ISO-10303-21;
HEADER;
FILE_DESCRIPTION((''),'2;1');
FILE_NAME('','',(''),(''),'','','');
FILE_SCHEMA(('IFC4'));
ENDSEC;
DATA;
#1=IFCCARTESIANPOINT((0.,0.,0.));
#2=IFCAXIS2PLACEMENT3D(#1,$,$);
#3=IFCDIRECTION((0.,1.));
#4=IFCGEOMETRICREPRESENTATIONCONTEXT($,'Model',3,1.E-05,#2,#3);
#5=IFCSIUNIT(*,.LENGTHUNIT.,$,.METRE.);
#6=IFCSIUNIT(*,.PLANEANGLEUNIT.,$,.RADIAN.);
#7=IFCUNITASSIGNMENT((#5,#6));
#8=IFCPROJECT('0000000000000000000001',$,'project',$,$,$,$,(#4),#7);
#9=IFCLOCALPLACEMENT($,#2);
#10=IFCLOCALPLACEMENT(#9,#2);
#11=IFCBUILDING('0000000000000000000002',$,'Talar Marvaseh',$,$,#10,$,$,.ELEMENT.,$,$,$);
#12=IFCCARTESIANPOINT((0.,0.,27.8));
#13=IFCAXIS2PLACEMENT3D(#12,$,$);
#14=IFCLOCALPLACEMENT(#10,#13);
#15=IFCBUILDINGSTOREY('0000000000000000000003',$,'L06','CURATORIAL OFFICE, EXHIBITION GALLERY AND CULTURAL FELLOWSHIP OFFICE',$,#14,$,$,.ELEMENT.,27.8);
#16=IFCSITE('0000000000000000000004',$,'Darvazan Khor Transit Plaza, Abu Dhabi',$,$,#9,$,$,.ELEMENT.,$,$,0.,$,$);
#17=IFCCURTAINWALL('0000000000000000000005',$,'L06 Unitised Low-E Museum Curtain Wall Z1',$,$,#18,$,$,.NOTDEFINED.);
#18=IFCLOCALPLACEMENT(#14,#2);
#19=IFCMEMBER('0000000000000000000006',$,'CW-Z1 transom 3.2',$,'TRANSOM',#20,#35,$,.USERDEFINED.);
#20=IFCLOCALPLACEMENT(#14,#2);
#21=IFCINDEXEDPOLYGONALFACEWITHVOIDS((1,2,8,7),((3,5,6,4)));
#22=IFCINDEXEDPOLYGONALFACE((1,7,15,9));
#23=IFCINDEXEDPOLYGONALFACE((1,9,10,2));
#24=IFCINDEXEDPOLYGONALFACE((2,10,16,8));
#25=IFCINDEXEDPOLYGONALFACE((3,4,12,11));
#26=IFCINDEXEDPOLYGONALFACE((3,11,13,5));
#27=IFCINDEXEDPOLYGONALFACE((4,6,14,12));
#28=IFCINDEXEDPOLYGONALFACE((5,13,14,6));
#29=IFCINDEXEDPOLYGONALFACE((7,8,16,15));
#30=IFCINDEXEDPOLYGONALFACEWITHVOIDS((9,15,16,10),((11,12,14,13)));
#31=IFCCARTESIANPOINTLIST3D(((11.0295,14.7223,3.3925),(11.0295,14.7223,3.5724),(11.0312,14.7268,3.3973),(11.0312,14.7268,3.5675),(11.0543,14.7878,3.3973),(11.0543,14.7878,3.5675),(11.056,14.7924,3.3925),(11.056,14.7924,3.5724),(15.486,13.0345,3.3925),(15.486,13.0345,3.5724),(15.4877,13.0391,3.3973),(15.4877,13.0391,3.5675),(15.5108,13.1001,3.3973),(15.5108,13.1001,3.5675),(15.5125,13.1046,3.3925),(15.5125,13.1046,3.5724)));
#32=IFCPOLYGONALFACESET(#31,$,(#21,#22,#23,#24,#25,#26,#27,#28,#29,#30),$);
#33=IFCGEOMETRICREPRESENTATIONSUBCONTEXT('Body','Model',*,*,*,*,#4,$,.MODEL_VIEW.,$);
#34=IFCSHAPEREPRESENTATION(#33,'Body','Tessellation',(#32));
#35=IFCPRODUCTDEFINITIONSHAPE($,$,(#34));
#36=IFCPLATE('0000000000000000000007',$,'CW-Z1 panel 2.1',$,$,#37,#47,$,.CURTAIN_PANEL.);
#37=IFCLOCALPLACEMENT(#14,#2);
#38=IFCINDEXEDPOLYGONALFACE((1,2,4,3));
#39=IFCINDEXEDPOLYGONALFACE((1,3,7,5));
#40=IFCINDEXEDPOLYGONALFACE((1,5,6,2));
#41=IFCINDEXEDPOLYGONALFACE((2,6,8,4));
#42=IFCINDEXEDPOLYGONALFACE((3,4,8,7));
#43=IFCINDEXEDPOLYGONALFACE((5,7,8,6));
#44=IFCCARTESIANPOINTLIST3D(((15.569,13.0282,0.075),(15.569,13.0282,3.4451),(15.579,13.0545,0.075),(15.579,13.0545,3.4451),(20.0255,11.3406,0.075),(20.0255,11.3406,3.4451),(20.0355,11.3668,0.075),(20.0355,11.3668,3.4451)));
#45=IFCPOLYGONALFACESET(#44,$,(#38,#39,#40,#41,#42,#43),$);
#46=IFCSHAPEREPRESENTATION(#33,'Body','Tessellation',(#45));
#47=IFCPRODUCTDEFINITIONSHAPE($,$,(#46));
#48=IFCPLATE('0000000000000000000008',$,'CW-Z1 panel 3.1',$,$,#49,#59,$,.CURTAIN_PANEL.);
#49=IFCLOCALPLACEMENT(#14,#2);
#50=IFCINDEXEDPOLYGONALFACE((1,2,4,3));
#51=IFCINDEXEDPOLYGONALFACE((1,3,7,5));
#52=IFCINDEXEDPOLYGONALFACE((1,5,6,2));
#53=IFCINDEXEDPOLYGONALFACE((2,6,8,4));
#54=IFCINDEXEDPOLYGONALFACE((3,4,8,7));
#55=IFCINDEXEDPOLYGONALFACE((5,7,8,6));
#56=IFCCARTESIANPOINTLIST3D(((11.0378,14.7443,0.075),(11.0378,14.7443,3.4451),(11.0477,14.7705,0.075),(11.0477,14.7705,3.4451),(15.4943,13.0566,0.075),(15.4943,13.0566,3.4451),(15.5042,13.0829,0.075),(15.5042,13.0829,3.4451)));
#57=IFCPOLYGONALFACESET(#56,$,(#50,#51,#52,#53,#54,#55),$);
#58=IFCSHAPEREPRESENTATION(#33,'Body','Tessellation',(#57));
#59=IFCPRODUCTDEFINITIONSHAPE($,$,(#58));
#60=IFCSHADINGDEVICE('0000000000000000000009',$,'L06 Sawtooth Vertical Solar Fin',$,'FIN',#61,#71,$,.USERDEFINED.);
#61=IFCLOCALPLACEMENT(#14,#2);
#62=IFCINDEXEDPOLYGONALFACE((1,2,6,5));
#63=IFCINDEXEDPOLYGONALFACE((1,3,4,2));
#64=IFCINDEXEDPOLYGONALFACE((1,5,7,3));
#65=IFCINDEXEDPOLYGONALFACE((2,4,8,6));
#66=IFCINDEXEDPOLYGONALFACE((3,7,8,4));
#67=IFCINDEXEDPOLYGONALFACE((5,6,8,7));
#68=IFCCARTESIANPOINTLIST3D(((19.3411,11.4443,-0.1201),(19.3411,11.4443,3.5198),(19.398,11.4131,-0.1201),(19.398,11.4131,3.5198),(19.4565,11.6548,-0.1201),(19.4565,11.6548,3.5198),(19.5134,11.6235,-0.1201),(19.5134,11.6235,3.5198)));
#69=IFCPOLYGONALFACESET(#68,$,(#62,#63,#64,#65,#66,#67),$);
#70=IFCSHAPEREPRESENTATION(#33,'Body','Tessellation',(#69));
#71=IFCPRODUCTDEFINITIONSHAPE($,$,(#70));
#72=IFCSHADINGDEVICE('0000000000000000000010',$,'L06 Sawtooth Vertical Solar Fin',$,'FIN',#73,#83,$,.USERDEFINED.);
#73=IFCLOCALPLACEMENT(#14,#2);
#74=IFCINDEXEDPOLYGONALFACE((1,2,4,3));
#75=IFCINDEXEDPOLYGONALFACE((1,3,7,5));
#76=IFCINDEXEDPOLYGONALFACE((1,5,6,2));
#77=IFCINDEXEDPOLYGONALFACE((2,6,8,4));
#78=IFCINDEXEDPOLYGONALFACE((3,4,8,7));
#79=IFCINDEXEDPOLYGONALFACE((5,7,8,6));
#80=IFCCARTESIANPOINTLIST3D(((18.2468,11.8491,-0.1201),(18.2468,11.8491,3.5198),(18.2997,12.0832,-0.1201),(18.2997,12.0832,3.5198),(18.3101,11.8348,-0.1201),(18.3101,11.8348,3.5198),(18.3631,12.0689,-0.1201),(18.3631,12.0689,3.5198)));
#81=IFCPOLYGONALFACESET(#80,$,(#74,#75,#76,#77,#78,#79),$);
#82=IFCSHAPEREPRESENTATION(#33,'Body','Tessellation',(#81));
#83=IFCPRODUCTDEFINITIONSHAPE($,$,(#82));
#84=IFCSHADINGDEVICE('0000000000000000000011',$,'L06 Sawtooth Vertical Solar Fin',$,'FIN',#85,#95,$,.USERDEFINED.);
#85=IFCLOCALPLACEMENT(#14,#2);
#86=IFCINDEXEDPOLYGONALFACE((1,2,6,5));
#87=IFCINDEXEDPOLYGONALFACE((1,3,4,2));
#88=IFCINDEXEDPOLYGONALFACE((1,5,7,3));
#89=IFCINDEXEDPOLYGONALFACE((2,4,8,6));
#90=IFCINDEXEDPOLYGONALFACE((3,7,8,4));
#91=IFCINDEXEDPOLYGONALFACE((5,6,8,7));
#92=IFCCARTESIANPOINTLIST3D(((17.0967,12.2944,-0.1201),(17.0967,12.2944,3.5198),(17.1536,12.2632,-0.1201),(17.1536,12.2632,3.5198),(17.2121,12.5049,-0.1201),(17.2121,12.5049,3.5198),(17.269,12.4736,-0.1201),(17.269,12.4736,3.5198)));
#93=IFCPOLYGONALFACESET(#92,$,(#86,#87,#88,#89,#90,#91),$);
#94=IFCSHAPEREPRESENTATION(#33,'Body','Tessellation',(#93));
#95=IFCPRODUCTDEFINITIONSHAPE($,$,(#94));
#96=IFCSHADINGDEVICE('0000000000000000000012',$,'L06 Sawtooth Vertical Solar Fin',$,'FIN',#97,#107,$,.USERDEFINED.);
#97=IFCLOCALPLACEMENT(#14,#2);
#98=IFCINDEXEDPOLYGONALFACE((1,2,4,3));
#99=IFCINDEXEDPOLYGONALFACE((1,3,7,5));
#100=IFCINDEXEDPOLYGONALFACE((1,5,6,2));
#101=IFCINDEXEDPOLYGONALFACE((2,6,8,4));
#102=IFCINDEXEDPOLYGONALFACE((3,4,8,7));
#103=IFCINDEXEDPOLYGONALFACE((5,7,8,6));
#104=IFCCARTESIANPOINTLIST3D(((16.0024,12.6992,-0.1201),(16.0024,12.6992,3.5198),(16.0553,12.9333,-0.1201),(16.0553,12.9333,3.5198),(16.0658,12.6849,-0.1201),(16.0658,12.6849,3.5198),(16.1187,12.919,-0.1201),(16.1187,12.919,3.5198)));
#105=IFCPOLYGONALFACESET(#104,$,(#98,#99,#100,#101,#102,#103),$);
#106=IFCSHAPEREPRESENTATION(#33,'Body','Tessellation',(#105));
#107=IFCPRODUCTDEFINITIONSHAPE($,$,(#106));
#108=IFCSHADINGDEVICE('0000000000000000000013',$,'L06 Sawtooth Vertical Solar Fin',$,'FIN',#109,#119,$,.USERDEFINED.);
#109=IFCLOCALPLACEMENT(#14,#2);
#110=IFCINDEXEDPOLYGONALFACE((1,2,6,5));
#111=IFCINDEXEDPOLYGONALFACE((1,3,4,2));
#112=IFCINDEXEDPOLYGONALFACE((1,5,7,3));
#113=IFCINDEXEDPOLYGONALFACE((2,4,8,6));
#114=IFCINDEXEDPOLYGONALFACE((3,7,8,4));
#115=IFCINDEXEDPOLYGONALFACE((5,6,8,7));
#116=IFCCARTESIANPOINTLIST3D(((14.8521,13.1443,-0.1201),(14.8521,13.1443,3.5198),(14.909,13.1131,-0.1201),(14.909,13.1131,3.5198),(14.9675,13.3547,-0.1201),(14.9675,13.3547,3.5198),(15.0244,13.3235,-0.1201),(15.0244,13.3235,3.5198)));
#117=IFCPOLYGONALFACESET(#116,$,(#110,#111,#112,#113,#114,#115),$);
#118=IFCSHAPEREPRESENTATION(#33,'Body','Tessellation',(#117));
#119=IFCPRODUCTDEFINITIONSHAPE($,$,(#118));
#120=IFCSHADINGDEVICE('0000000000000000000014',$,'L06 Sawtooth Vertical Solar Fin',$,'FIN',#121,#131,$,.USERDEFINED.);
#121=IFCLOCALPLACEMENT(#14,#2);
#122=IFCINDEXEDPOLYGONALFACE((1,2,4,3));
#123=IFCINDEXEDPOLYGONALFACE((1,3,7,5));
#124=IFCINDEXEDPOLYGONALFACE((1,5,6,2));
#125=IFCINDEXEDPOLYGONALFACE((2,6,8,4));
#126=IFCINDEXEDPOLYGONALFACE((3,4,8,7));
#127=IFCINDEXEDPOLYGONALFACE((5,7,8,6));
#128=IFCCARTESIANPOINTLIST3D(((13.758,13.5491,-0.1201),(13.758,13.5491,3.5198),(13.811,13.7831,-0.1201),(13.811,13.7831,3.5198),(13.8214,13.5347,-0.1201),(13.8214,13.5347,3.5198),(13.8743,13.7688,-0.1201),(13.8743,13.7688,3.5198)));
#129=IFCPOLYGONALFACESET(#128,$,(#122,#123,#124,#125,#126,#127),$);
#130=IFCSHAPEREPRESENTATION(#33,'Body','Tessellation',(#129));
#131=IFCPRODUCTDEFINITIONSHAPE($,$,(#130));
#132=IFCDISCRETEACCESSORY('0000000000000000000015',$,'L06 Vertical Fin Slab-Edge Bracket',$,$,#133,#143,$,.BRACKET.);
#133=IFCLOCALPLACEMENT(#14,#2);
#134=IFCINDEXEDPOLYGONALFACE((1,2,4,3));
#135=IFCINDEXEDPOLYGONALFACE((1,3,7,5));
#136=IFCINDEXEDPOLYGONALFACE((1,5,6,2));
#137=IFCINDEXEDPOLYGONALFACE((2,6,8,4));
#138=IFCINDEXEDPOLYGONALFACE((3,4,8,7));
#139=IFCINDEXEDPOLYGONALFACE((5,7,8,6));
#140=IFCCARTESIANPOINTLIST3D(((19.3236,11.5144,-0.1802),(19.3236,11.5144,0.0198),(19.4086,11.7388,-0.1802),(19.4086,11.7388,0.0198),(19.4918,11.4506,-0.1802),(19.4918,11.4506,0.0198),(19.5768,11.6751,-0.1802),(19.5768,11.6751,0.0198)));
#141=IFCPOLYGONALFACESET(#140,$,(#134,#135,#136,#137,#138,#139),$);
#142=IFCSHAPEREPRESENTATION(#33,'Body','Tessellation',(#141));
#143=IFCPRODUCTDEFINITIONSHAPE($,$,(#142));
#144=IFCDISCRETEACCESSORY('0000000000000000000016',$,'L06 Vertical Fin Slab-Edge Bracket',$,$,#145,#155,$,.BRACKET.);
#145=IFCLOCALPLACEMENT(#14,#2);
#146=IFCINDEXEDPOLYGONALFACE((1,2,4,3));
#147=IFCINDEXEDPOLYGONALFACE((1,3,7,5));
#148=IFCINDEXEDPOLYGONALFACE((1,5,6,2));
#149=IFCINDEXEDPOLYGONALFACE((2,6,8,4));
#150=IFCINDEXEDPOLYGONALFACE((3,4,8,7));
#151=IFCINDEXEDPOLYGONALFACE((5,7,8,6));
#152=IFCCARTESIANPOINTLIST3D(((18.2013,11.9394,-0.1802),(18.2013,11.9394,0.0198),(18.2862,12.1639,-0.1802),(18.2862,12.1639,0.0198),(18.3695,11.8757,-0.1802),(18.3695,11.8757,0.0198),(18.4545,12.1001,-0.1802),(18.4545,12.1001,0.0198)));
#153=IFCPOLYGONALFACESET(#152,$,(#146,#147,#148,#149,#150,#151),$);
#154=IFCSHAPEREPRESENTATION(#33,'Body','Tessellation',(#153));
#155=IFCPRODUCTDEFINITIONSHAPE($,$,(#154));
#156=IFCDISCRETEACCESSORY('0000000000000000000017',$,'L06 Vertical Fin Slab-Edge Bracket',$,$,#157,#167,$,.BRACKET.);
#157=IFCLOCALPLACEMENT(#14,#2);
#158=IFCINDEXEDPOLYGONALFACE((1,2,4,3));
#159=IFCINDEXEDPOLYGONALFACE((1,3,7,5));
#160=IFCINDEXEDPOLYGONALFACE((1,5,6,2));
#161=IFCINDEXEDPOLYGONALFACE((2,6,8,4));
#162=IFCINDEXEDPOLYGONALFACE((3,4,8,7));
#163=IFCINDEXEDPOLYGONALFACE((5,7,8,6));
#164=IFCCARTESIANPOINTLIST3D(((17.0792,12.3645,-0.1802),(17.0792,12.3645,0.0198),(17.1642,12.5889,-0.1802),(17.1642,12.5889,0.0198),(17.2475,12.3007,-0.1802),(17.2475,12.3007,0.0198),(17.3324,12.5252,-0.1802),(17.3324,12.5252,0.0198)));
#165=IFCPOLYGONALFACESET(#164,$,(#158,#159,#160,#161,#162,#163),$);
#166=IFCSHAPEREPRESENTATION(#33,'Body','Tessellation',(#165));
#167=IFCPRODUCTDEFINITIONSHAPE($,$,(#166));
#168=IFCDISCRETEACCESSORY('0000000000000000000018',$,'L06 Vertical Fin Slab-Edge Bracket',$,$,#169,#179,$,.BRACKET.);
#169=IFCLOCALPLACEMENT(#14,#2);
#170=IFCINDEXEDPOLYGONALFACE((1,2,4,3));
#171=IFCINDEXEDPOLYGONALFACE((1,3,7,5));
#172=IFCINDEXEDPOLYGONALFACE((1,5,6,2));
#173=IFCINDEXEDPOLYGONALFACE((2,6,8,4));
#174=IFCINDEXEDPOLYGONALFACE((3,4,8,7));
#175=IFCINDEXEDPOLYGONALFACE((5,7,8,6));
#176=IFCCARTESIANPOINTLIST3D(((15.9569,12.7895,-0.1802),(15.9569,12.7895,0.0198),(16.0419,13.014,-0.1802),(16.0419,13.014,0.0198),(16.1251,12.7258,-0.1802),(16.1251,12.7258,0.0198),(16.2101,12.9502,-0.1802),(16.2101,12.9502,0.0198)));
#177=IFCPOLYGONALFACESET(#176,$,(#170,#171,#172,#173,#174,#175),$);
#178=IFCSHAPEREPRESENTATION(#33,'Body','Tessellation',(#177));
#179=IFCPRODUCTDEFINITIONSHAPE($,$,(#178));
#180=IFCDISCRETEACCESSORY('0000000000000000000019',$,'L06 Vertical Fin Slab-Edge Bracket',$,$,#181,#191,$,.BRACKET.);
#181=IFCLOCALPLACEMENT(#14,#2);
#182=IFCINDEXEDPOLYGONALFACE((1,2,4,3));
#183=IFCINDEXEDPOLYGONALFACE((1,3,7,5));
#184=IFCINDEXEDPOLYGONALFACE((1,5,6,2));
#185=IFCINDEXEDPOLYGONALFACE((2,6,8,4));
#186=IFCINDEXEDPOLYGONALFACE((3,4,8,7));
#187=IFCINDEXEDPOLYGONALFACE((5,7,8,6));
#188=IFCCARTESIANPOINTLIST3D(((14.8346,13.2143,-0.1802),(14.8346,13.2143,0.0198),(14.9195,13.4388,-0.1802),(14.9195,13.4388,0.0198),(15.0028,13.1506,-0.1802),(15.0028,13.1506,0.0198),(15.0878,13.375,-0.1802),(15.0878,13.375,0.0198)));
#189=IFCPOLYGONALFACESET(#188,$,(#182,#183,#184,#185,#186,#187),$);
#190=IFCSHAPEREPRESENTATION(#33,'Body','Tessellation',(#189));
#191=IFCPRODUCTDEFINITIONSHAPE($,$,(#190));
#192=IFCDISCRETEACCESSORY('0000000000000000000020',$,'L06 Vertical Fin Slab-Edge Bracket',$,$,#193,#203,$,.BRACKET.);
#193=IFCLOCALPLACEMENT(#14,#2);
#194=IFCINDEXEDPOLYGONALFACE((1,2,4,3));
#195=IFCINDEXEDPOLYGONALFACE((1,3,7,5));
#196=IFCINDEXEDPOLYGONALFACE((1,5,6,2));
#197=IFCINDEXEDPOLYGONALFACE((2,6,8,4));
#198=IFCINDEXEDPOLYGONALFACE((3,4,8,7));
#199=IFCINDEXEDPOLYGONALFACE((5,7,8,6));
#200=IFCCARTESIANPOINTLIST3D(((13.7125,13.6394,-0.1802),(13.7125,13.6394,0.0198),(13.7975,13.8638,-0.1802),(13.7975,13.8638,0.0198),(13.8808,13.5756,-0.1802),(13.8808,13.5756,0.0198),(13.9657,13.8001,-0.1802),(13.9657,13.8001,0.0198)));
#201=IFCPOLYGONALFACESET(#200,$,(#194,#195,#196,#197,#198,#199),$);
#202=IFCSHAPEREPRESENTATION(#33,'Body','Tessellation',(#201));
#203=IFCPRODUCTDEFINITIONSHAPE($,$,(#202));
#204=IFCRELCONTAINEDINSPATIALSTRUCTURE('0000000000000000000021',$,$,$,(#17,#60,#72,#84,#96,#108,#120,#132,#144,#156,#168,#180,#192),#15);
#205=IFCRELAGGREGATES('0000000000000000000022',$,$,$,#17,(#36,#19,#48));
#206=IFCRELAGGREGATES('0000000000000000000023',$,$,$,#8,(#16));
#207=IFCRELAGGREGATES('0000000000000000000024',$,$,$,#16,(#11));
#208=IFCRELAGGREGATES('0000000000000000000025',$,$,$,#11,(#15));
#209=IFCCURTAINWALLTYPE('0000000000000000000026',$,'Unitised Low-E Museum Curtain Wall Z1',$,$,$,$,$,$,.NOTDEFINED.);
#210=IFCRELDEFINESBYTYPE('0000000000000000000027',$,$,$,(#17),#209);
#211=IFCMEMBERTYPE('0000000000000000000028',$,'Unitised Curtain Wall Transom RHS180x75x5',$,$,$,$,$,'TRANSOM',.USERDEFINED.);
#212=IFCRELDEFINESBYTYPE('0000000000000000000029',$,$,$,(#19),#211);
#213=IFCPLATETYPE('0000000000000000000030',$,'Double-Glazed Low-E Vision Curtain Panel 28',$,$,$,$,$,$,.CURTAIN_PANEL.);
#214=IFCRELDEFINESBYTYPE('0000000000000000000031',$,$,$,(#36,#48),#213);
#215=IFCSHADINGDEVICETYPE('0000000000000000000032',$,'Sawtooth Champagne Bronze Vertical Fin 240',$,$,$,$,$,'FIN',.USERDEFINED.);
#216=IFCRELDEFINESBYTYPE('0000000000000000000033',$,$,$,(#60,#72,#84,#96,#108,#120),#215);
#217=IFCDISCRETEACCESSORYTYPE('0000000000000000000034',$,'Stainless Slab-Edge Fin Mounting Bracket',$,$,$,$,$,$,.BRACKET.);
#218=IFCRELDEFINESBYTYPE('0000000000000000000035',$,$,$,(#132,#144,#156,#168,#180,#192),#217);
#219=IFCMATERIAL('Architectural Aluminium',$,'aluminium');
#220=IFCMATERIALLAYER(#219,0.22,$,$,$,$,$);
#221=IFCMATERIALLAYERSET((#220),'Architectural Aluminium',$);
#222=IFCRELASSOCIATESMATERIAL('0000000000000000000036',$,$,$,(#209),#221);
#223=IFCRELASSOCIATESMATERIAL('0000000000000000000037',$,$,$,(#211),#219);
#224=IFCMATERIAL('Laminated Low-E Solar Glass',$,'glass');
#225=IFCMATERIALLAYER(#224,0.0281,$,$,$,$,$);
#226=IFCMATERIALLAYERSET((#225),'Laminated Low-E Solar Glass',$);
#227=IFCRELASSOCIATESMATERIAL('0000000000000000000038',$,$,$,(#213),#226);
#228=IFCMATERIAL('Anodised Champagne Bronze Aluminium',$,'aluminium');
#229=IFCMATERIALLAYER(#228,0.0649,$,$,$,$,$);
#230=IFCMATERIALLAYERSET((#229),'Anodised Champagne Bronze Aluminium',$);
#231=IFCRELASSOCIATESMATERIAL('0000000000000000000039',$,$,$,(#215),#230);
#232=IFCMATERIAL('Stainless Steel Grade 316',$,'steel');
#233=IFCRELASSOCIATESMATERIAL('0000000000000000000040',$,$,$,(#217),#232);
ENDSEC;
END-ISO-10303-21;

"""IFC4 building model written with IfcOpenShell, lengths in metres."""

from ifc_helpers import new_model, si_unit, direction, frame, origin, origin_2d, place, context, subcontext, project, spatial, rectangle, hollow_rectangle, extrude, source, transform, mapped, material, layer, layer_set, material_profile, profile_set, type_object, type_shapes, element, aggregate, save


model = new_model("IFC4")

# Units and contexts
model_context = context("Model", 3, precision=1e-05, world=origin(), true_north=direction((0.0, 1.0)))
body_context = subcontext(model_context, "Body", "Model", "MODEL_VIEW")
ifc_project = project(units=[si_unit("LENGTHUNIT", "METRE"), si_unit("PLANEANGLEUNIT", "RADIAN")], contexts=[model_context])

# Site, building, storey
site_placement = place(None, origin())
site = spatial("IfcSite", under=ifc_project, at=site_placement, Name="Darvazan Khor Transit Plaza, Abu Dhabi", CompositionType="ELEMENT", RefElevation=0.0)
building_placement = place(site_placement, origin())
building = spatial("IfcBuilding", under=site, at=building_placement, Name="Talar Marvaseh", CompositionType="ELEMENT")
storey_placement = place(building_placement, frame((0.0, 0.0, 27.8)))
storey = spatial("IfcBuildingStorey", under=building, at=storey_placement, Name="L06", Description="CURATORIAL OFFICE, EXHIBITION GALLERY AND CULTURAL FELLOWSHIP OFFICE", CompositionType="ELEMENT", Elevation=27.8)

# Curtain wall, member, plates
ifc_material_1 = material(Name="Architectural Aluminium", Category="aluminium")
ifc_layer_1 = layer(ifc_material_1, 0.22)
ifc_layer_set_1 = layer_set([ifc_layer_1], Name="Architectural Aluminium")
curtain_wall_type = type_object("IfcCurtainWallType", Name="Unitised Low-E Museum Curtain Wall Z1", PredefinedType="NOTDEFINED", material=ifc_layer_set_1)
curtain_wall_placement = place(storey_placement, origin())
curtain_wall = element("IfcCurtainWall", 1, at=curtain_wall_placement, inside=storey, type_object=curtain_wall_type, Name="L06 Unitised Low-E Museum Curtain Wall Z1", PredefinedType="NOTDEFINED")
ifc_material_profile_1 = material_profile(ifc_material_1, hollow_rectangle(XDim=0.075, YDim=0.1799, WallThickness=0.0049, at=origin_2d()), Name="RHS180x75x5")
ifc_profile_set_1 = profile_set([ifc_material_profile_1], Name="Architectural Aluminium")
member_type_1 = type_object("IfcMemberType", Name="Unitised Curtain Wall Transom RHS180x75x5", ElementType="TRANSOM", PredefinedType="USERDEFINED", material=ifc_profile_set_1)
shared_shape_1 = source(origin(), body_context, "Body", "SweptSolid", [
    extrude(hollow_rectangle(XDim=0.075, YDim=0.1799, WallThickness=0.0049, at=origin_2d()), origin(), (0.0, 0.0, 1.0), 4.7654),
])
type_shapes(member_type_1, [shared_shape_1])
member_1_placement = place(storey_placement, frame((15.4993, 13.0696, 3.4824), z_axis=(-0.935183, 0.354165, 0.0), x_axis=(-0.354165, -0.935183, 0.0)))
member_1 = element("IfcMember", 2, at=member_1_placement, type_object=member_type_1, Name="CW-Z1 transom 3.2", ObjectType="TRANSOM", PredefinedType="USERDEFINED", context=body_context, shape_type="MappedRepresentation", body=[
    mapped(shared_shape_1, transform((0.0, 0.0, 0.0), x_axis=(1.0, 0.0, 0.0), y_axis=(0.0, 1.0, 0.0), z_axis=(0.0, 0.0, 1.0), scale=1.0)),
])
ifc_material_2 = material(Name="Laminated Low-E Solar Glass", Category="glass")
ifc_layer_2 = layer(ifc_material_2, 0.0281)
ifc_layer_set_2 = layer_set([ifc_layer_2], Name="Laminated Low-E Solar Glass")
plate_type = type_object("IfcPlateType", Name="Double-Glazed Low-E Vision Curtain Panel 28", PredefinedType="CURTAIN_PANEL", material=ifc_layer_set_2)
shared_shape_2 = source(origin(), body_context, "Body", "SweptSolid", [
    extrude(rectangle(XDim=4.7654, YDim=0.0281, at=origin_2d()), origin(), (0.0, 0.0, 1.0), 3.3701),
])
type_shapes(plate_type, [shared_shape_2])
plate_1_placement = place(storey_placement, frame((17.8022, 12.1975, 0.075), z_axis=(0.0, 0.0, 1.0), x_axis=(-0.93519, 0.354147, 0.0)))
plate_1 = element("IfcPlate", 3, at=plate_1_placement, type_object=plate_type, Name="CW-Z1 panel 2.1", PredefinedType="CURTAIN_PANEL", context=body_context, shape_type="MappedRepresentation", body=[
    mapped(shared_shape_2, transform((0.0, 0.0, 0.0), x_axis=(1.0, 0.0, 0.0), y_axis=(0.0, 1.0, 0.0), z_axis=(0.0, 0.0, 1.0), scale=1.0)),
])
plate_2_placement = place(storey_placement, frame((13.271, 13.9136, 0.075), z_axis=(0.0, 0.0, 1.0), x_axis=(-0.93519, 0.354147, 0.0)))
plate_2 = element("IfcPlate", 4, at=plate_2_placement, type_object=plate_type, Name="CW-Z1 panel 3.1", PredefinedType="CURTAIN_PANEL", context=body_context, shape_type="MappedRepresentation", body=[
    mapped(shared_shape_2, transform((0.0, 0.0, 0.0), x_axis=(1.0, 0.0, 0.0), y_axis=(0.0, 1.0, 0.0), z_axis=(0.0, 0.0, 1.0), scale=1.0)),
])
aggregate(curtain_wall, [plate_1, member_1, plate_2])

# Shading devices
ifc_material_3 = material(Name="Anodised Champagne Bronze Aluminium", Category="aluminium")
ifc_layer_3 = layer(ifc_material_3, 0.0649)
ifc_layer_set_3 = layer_set([ifc_layer_3], Name="Anodised Champagne Bronze Aluminium")
shading_device_type = type_object("IfcShadingDeviceType", Name="Sawtooth Champagne Bronze Vertical Fin 240", ElementType="FIN", PredefinedType="USERDEFINED", material=ifc_layer_set_3)
shared_shape_3 = source(origin(), body_context, "Body", "SweptSolid", [
    extrude(rectangle(XDim=0.24, YDim=0.0649, at=origin_2d()), origin(), (0.0, 0.0, 1.0), 3.6399),
])
type_shapes(shading_device_type, [shared_shape_3])
for number, where, z_axis, x_axis, name in (
    (5, (19.4272, 11.5339, -0.1201), (0.0, 0.0, 1.0), (-0.480836, -0.876811, 0.0), "L06 Sawtooth Vertical Solar Fin"),
    (6, (18.3049, 11.959, -0.1201), (0.0, 0.0, 1.0), (-0.220527, -0.975381, 0.0), "L06 Sawtooth Vertical Solar Fin"),
    (7, (17.1829, 12.384, -0.1201), (0.0, 0.0, 1.0), (-0.480836, -0.876811, 0.0), "L06 Sawtooth Vertical Solar Fin"),
    (8, (16.0605, 12.8091, -0.1201), (0.0, 0.0, 1.0), (-0.220527, -0.975381, 0.0), "L06 Sawtooth Vertical Solar Fin"),
    (9, (14.9382, 13.2339, -0.1201), (0.0, 0.0, 1.0), (-0.480836, -0.876811, 0.0), "L06 Sawtooth Vertical Solar Fin"),
    (10, (13.8162, 13.6589, -0.1201), (0.0, 0.0, 1.0), (-0.220527, -0.975381, 0.0), "L06 Sawtooth Vertical Solar Fin"),
):
    element("IfcShadingDevice", number, at=place(storey_placement, frame(where, z_axis=z_axis, x_axis=x_axis)), inside=storey, type_object=shading_device_type, Name=name, ObjectType="FIN", PredefinedType="USERDEFINED", context=body_context, shape_type="MappedRepresentation", body=[
        mapped(shared_shape_3, transform((0.0, 0.0, 0.0), x_axis=(1.0, 0.0, 0.0), y_axis=(0.0, 1.0, 0.0), z_axis=(0.0, 0.0, 1.0), scale=1.0)),
    ])

# Discrete accessories
ifc_material_4 = material(Name="Stainless Steel Grade 316", Category="steel")
discrete_accessory_type = type_object("IfcDiscreteAccessoryType", Name="Stainless Slab-Edge Fin Mounting Bracket", PredefinedType="BRACKET", material=ifc_material_4)
shared_shape_4 = source(origin(), body_context, "Body", "SweptSolid", [
    extrude(rectangle(XDim=0.24, YDim=0.1799, at=origin_2d()), origin(), (0.0, 0.0, 1.0), 0.2),
])
type_shapes(discrete_accessory_type, [shared_shape_4])
for number, where, z_axis, x_axis, name in (
    (11, (19.4502, 11.5947, -0.1802), (0.0, 0.0, 1.0), (-0.354128, -0.935197, 0.0), "L06 Vertical Fin Slab-Edge Bracket"),
    (12, (18.3279, 12.0198, -0.1802), (0.0, 0.0, 1.0), (-0.354128, -0.935197, 0.0), "L06 Vertical Fin Slab-Edge Bracket"),
    (13, (17.2058, 12.4448, -0.1802), (0.0, 0.0, 1.0), (-0.354128, -0.935197, 0.0), "L06 Vertical Fin Slab-Edge Bracket"),
    (14, (16.0835, 12.8699, -0.1802), (0.0, 0.0, 1.0), (-0.354128, -0.935197, 0.0), "L06 Vertical Fin Slab-Edge Bracket"),
    (15, (14.9612, 13.2947, -0.1802), (0.0, 0.0, 1.0), (-0.354128, -0.935197, 0.0), "L06 Vertical Fin Slab-Edge Bracket"),
    (16, (13.8391, 13.7197, -0.1802), (0.0, 0.0, 1.0), (-0.354128, -0.935197, 0.0), "L06 Vertical Fin Slab-Edge Bracket"),
):
    element("IfcDiscreteAccessory", number, at=place(storey_placement, frame(where, z_axis=z_axis, x_axis=x_axis)), inside=storey, type_object=discrete_accessory_type, Name=name, PredefinedType="BRACKET", context=body_context, shape_type="MappedRepresentation", body=[
        mapped(shared_shape_4, transform((0.0, 0.0, 0.0), x_axis=(1.0, 0.0, 0.0), y_axis=(0.0, 1.0, 0.0), z_axis=(0.0, 0.0, 1.0), scale=1.0)),
    ])

save(model, "model.ifc")
